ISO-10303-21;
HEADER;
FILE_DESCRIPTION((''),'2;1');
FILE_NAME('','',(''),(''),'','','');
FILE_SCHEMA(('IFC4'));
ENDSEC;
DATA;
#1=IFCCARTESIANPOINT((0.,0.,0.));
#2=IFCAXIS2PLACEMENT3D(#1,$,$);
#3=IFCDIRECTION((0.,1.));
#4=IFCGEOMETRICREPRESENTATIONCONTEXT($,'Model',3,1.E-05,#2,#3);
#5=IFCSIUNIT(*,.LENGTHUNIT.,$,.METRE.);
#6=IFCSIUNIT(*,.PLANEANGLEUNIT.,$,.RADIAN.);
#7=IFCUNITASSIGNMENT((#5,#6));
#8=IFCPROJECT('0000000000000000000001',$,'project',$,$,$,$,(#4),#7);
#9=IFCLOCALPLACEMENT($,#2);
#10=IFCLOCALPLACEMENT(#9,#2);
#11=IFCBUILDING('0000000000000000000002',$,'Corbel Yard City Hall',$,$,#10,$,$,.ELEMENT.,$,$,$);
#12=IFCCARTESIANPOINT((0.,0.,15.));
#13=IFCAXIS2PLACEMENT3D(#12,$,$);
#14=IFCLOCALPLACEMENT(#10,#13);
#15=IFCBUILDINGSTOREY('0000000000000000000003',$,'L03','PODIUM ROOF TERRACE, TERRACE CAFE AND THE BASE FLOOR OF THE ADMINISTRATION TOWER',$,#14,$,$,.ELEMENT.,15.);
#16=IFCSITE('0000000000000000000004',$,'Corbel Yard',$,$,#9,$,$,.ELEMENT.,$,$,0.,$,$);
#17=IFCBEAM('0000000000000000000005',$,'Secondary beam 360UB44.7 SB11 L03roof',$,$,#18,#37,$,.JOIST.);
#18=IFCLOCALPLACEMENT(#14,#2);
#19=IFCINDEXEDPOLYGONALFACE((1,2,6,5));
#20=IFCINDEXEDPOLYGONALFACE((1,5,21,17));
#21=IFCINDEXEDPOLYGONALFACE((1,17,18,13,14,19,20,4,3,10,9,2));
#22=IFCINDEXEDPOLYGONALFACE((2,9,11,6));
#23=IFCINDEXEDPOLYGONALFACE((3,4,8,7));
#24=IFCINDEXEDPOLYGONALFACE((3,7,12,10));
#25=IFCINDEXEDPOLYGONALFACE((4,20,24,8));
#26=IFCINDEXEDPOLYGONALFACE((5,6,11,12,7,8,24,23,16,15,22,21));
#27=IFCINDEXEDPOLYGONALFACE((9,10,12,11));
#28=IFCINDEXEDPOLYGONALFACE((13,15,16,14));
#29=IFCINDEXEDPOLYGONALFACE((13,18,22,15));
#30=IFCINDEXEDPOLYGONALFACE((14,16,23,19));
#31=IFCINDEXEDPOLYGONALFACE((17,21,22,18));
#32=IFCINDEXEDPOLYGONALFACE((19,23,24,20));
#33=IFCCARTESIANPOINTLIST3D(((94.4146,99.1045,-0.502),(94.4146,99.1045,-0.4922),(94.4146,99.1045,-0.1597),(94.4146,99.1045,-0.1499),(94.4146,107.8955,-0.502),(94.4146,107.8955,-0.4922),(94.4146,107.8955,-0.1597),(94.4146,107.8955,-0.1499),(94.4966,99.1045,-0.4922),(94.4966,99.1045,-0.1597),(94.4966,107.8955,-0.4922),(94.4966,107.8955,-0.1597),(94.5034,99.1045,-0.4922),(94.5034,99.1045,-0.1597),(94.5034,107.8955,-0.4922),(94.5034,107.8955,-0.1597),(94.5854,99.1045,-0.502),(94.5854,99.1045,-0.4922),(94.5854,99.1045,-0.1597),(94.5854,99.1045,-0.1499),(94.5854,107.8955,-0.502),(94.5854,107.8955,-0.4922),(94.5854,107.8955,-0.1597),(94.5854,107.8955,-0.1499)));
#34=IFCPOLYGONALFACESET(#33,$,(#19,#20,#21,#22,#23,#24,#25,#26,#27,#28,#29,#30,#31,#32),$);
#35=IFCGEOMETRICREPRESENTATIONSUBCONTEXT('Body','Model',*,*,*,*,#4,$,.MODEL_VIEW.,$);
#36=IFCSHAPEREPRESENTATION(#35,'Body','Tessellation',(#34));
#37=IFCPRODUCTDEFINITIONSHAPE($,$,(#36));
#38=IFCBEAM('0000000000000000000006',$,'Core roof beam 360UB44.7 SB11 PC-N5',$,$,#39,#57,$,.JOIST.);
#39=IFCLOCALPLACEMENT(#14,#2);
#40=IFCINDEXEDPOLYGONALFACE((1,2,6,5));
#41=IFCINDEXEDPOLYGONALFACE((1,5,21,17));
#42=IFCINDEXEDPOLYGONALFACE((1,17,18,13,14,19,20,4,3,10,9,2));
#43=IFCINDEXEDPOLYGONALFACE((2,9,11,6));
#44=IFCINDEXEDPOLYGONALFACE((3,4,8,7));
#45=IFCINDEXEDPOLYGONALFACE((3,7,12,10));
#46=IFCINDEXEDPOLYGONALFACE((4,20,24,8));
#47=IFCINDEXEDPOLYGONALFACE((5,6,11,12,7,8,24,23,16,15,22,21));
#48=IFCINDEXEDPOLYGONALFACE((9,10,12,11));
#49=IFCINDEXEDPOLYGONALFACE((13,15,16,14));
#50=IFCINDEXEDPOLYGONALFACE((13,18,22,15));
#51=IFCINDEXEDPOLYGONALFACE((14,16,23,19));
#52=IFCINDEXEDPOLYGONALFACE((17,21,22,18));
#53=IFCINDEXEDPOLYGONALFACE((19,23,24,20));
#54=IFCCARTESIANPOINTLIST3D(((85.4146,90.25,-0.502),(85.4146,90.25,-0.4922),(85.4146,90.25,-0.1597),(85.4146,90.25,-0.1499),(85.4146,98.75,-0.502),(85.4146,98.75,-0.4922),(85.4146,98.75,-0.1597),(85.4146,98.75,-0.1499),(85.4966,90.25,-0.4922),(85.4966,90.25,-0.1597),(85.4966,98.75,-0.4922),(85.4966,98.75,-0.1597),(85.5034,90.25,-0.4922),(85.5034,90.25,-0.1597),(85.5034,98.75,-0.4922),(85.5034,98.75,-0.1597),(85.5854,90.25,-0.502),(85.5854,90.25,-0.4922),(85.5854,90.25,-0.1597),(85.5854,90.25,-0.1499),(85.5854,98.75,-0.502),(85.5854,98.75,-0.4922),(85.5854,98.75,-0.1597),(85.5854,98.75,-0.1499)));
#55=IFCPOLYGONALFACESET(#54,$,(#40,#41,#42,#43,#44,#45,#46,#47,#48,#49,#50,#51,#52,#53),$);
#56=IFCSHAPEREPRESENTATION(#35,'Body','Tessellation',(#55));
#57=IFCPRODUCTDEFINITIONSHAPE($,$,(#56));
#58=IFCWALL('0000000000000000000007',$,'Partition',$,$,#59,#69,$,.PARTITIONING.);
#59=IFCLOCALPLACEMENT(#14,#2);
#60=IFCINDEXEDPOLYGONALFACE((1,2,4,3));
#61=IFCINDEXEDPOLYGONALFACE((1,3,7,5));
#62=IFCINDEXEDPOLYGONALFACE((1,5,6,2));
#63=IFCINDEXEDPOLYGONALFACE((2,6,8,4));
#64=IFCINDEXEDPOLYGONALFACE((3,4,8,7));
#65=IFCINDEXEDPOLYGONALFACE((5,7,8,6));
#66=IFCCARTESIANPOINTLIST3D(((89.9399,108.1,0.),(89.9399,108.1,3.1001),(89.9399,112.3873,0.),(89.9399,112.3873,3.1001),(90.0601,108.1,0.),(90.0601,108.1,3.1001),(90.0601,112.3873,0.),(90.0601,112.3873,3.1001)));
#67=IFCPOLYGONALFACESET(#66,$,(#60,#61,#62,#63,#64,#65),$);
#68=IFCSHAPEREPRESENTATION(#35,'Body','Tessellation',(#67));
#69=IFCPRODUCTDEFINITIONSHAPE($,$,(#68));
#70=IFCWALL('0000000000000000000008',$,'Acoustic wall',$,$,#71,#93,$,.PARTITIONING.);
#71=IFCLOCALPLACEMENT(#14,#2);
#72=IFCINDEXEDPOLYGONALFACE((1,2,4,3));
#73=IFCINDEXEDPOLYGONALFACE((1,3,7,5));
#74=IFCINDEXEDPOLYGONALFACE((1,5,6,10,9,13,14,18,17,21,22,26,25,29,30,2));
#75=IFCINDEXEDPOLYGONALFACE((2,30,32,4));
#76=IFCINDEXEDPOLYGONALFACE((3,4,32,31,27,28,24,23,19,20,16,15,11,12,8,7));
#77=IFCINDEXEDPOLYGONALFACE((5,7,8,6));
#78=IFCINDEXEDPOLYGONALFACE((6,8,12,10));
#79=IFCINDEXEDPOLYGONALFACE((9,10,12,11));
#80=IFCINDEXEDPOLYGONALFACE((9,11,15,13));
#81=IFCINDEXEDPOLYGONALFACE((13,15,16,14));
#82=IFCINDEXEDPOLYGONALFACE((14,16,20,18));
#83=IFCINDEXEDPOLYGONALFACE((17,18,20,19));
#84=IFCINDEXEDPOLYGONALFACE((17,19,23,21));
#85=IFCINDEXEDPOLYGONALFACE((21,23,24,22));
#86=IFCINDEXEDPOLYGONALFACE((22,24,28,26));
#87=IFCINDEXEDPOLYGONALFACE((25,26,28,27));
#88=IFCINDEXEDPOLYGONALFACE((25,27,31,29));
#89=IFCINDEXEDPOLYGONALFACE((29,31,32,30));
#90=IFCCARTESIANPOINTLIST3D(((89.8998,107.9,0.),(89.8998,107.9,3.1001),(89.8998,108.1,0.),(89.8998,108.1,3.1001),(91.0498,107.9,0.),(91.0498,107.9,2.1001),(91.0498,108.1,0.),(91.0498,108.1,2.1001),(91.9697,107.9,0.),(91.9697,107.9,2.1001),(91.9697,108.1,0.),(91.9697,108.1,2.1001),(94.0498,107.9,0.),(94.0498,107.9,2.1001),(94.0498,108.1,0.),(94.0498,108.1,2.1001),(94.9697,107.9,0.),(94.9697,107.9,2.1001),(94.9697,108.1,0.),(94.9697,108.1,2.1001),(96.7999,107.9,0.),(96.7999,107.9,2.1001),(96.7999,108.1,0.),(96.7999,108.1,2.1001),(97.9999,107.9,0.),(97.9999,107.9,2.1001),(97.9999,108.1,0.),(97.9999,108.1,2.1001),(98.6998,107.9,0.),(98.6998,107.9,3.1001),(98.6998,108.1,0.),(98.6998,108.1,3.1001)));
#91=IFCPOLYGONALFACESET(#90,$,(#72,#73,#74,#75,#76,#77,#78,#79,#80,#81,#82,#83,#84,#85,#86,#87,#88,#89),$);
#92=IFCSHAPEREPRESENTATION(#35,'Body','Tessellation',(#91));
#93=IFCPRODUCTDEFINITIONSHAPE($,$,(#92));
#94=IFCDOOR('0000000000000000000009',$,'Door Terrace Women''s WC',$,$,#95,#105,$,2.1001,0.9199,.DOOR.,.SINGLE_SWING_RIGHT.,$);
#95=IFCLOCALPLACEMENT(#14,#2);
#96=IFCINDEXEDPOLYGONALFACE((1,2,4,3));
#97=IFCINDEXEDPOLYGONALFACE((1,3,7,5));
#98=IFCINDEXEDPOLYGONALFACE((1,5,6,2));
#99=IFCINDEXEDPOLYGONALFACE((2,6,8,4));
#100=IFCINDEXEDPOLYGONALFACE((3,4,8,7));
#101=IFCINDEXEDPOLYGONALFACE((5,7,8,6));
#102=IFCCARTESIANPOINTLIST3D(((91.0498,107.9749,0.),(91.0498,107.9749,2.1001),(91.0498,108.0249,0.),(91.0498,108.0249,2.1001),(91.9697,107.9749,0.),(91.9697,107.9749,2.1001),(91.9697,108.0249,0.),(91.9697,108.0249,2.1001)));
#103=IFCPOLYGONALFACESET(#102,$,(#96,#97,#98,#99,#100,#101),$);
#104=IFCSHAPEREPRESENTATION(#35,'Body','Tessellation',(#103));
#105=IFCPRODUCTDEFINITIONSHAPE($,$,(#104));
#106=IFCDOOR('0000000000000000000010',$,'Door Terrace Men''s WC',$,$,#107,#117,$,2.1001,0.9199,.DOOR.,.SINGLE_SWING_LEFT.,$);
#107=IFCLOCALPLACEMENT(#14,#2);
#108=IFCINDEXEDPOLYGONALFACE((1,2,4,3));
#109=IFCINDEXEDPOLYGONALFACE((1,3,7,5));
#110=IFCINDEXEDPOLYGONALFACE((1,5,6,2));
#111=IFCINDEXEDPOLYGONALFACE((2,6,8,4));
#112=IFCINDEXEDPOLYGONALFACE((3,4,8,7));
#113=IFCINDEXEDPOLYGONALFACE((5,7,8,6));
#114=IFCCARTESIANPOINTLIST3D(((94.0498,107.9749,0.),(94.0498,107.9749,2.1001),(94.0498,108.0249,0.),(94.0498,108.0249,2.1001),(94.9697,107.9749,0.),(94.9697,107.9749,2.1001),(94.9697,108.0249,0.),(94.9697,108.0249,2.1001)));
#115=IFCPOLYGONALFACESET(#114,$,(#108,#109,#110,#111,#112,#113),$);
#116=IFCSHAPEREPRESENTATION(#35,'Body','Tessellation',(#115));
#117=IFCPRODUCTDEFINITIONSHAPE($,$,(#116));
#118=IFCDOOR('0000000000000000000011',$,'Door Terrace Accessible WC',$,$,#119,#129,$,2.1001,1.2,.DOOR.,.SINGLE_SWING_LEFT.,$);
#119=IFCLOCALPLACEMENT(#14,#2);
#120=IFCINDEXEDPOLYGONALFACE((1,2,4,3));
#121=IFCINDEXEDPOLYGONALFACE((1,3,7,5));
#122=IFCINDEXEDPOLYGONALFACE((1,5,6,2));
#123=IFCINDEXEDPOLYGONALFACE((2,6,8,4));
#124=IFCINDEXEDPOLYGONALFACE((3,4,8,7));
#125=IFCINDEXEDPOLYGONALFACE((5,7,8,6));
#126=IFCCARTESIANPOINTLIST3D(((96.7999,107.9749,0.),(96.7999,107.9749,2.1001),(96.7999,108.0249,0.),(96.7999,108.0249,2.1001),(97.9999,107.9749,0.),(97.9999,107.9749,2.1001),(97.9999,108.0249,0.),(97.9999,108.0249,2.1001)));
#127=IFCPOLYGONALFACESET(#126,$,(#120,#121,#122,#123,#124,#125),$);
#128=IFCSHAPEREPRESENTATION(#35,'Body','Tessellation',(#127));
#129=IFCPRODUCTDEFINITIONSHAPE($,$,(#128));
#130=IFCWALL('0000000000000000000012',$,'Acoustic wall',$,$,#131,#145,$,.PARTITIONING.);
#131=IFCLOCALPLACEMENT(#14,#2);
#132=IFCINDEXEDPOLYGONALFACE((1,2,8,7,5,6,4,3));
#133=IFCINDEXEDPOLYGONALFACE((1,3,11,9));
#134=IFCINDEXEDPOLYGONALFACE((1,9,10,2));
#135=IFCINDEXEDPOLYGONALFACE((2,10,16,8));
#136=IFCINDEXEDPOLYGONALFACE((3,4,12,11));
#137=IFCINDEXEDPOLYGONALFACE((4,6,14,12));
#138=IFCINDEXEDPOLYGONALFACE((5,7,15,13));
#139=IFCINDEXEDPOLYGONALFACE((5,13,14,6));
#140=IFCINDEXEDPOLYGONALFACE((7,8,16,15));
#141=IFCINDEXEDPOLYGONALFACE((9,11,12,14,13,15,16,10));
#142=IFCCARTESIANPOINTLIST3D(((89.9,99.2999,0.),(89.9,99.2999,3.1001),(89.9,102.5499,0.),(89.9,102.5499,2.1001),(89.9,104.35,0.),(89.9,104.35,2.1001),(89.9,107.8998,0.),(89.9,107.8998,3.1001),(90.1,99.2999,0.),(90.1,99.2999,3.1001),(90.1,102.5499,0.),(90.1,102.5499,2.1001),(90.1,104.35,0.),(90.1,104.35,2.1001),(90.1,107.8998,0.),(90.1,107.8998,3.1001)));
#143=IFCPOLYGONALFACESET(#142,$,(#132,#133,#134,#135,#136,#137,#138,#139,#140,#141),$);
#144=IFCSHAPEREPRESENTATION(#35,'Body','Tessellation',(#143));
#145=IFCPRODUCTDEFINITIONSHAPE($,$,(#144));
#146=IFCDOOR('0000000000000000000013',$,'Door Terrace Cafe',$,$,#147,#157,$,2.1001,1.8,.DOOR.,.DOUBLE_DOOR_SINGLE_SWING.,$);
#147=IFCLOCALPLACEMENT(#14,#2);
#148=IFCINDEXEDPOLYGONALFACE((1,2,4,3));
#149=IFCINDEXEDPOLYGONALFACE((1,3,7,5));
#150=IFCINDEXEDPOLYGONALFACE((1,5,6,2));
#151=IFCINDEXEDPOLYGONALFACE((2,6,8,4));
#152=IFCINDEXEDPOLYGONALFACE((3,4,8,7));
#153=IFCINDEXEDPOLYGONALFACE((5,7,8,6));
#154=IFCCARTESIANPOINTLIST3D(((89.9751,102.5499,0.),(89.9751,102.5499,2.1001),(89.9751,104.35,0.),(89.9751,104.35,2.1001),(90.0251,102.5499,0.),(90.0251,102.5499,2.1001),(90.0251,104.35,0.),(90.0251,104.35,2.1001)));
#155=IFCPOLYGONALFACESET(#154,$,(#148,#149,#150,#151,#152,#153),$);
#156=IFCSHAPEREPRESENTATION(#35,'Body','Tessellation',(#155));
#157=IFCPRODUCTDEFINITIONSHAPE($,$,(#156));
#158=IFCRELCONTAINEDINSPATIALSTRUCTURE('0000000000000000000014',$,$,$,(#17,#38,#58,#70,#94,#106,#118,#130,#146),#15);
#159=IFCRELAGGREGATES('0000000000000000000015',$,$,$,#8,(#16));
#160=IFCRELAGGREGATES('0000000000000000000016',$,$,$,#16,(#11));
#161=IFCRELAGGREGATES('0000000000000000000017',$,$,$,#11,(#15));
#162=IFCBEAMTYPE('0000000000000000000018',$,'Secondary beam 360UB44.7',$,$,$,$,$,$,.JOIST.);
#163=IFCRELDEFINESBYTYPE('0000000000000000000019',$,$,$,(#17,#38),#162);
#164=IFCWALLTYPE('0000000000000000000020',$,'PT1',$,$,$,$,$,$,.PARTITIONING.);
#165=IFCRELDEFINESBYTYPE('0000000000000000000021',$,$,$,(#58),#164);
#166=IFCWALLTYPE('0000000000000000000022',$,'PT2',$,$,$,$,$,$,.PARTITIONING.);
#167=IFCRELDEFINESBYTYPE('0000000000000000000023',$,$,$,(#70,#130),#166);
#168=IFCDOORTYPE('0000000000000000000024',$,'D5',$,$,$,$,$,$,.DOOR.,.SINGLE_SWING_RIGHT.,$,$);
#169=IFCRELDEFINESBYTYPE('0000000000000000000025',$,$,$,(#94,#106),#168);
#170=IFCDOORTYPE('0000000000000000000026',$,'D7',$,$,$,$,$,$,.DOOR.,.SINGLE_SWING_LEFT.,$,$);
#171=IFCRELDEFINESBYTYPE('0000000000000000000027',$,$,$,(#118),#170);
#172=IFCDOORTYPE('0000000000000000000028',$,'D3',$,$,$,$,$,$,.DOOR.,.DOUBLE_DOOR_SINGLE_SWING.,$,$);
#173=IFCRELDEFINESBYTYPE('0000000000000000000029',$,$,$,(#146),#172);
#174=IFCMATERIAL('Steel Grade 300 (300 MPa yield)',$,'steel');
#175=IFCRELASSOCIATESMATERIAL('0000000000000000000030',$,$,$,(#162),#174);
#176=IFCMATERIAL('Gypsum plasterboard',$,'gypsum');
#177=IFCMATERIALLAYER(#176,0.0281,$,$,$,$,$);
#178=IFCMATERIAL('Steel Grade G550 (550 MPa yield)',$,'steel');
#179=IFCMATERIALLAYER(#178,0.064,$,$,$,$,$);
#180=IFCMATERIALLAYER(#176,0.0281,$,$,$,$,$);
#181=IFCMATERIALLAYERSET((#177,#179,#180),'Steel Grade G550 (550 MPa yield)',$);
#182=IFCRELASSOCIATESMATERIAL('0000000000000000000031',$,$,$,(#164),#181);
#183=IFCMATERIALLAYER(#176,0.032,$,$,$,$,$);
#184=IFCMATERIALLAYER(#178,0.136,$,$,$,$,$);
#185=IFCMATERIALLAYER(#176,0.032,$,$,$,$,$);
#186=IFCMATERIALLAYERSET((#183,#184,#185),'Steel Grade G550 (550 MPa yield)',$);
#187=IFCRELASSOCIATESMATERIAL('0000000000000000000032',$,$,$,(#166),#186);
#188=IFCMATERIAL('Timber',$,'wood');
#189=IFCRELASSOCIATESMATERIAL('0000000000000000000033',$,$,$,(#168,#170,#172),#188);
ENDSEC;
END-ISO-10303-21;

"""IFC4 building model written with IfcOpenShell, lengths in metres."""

from ifc_helpers import new_model, si_unit, direction, frame, frame_2d, origin, origin_2d, place, context, subcontext, project, spatial, rectangle, i_section, extrude, material, layer, layer_set, material_profile, profile_set, type_object, element, fill, save


model = new_model("IFC4")

# Units and contexts
model_context = context("Model", 3, precision=1e-05, world=origin(), true_north=direction((0.0, 1.0)))
body_context = subcontext(model_context, "Body", "Model", "MODEL_VIEW")
ifc_project = project(units=[si_unit("LENGTHUNIT", "METRE"), si_unit("PLANEANGLEUNIT", "RADIAN")], contexts=[model_context])

# Site, building, storey
site_placement = place(None, origin())
site = spatial("IfcSite", under=ifc_project, at=site_placement, Name="Corbel Yard", CompositionType="ELEMENT", RefElevation=0.0)
building_placement = place(site_placement, origin())
building = spatial("IfcBuilding", under=site, at=building_placement, Name="Corbel Yard City Hall", CompositionType="ELEMENT")
storey_placement = place(building_placement, frame((0.0, 0.0, 15.0)))
storey = spatial("IfcBuildingStorey", under=building, at=storey_placement, Name="L03", Description="PODIUM ROOF TERRACE, TERRACE CAFE AND THE BASE FLOOR OF THE ADMINISTRATION TOWER", CompositionType="ELEMENT", Elevation=15.0)

# Beams
ifc_material_1 = material(Name="Steel Grade 300 (300 MPa yield)", Category="steel")
ifc_material_profile_1 = material_profile(ifc_material_1, i_section(OverallWidth=0.1709, OverallDepth=0.3521, WebThickness=0.0068, FlangeThickness=0.0098, at=origin_2d()), Name="360UB44.7")
ifc_profile_set_1 = profile_set([ifc_material_profile_1], Name="Steel Grade 300 (300 MPa yield)")
beam_type_1 = type_object("IfcBeamType", Name="Secondary beam 360UB44.7", PredefinedType="JOIST", material=ifc_profile_set_1)
beam_1_placement = place(storey_placement, frame((94.5, 99.1045, -0.3259), z_axis=(0.0, 1.0, 0.0), x_axis=(-1.0, 0.0, 0.0)))
element("IfcBeam", 1, at=beam_1_placement, inside=storey, type_object=beam_type_1, Name="Secondary beam 360UB44.7 SB11 L03roof", PredefinedType="JOIST", context=body_context, shape_type="SweptSolid", body=[
    extrude(i_section(OverallWidth=0.1709, OverallDepth=0.3521, WebThickness=0.0068, FlangeThickness=0.0098, at=origin_2d()), origin(), (0.0, 0.0, 1.0), 8.791),
])
beam_2_placement = place(storey_placement, frame((85.5, 90.25, -0.3259), z_axis=(0.0, 1.0, 0.0), x_axis=(-1.0, 0.0, 0.0)))
element("IfcBeam", 2, at=beam_2_placement, inside=storey, type_object=beam_type_1, Name="Core roof beam 360UB44.7 SB11 PC-N5", PredefinedType="JOIST", context=body_context, shape_type="SweptSolid", body=[
    extrude(i_section(OverallWidth=0.1709, OverallDepth=0.3521, WebThickness=0.0068, FlangeThickness=0.0098, at=origin_2d()), origin(), (0.0, 0.0, 1.0), 8.5),
])

# Wall
ifc_material_2 = material(Name="Gypsum plasterboard", Category="gypsum")
ifc_layer_1 = layer(ifc_material_2, 0.0281)
ifc_material_3 = material(Name="Steel Grade G550 (550 MPa yield)", Category="steel")
ifc_layer_2 = layer(ifc_material_3, 0.064)
ifc_layer_3 = layer(ifc_material_2, 0.0281)
ifc_layer_set_1 = layer_set([ifc_layer_1, ifc_layer_2, ifc_layer_3], Name="Steel Grade G550 (550 MPa yield)")
wall_type_1 = type_object("IfcWallType", Name="PT1", PredefinedType="PARTITIONING", material=ifc_layer_set_1)
wall_1_placement = place(storey_placement, frame((90.0, 108.1001, 0.0), z_axis=(0.0, 0.0, 1.0), x_axis=(0.0, 1.0, 0.0)))
element("IfcWall", 3, at=wall_1_placement, inside=storey, type_object=wall_type_1, Name="Partition", PredefinedType="PARTITIONING", context=body_context, shape_type="SweptSolid", body=[
    extrude(rectangle(XDim=4.2874, YDim=0.1201, at=frame_2d((2.1436, 0.0))), origin(), (0.0, 0.0, 1.0), 3.1001),
])

# Wall, openings, doors
ifc_layer_4 = layer(ifc_material_2, 0.032)
ifc_layer_5 = layer(ifc_material_3, 0.136)
ifc_layer_6 = layer(ifc_material_2, 0.032)
ifc_layer_set_2 = layer_set([ifc_layer_4, ifc_layer_5, ifc_layer_6], Name="Steel Grade G550 (550 MPa yield)")
wall_type_2 = type_object("IfcWallType", Name="PT2", PredefinedType="PARTITIONING", material=ifc_layer_set_2)
wall_2_placement = place(storey_placement, frame((89.8999, 108.0, 0.0), z_axis=(0.0, 0.0, 1.0), x_axis=(1.0, 0.0, 0.0)))
wall_2 = element("IfcWall", 4, at=wall_2_placement, inside=storey, type_object=wall_type_2, Name="Acoustic wall", PredefinedType="PARTITIONING", context=body_context, shape_type="SweptSolid", body=[
    extrude(rectangle(XDim=8.8, YDim=0.2, at=frame_2d((4.3999, 0.0))), origin(), (0.0, 0.0, 1.0), 3.1001),
])
opening_1_placement = place(wall_2_placement, frame((1.1499, 0.0, 0.0)))
opening_1 = element("IfcOpeningElement", 5, at=opening_1_placement, cuts=wall_2, PredefinedType="OPENING", context=body_context, shape_type="SweptSolid", body=[
    extrude(rectangle(XDim=0.9199, YDim=2.1001, at=frame_2d((0.46, 1.05))), frame((0.0, 0.1099, 0.0), z_axis=(0.0, -1.0, 0.0), x_axis=(1.0, 0.0, 0.0)), (0.0, 0.0, 1.0), 0.22),
])
opening_2_placement = place(wall_2_placement, frame((4.1499, 0.0, 0.0)))
opening_2 = element("IfcOpeningElement", 6, at=opening_2_placement, cuts=wall_2, PredefinedType="OPENING", context=body_context, shape_type="SweptSolid", body=[
    extrude(rectangle(XDim=0.9199, YDim=2.1001, at=frame_2d((0.46, 1.05))), frame((0.0, 0.1099, 0.0), z_axis=(0.0, -1.0, 0.0), x_axis=(1.0, 0.0, 0.0)), (0.0, 0.0, 1.0), 0.22),
])
opening_3_placement = place(wall_2_placement, frame((6.8999, 0.0, 0.0)))
opening_3 = element("IfcOpeningElement", 7, at=opening_3_placement, cuts=wall_2, PredefinedType="OPENING", context=body_context, shape_type="SweptSolid", body=[
    extrude(rectangle(XDim=1.2, YDim=2.1001, at=frame_2d((0.6001, 1.05))), frame((0.0, 0.1099, 0.0), z_axis=(0.0, -1.0, 0.0), x_axis=(1.0, 0.0, 0.0)), (0.0, 0.0, 1.0), 0.22),
])
ifc_material_4 = material(Name="Timber", Category="wood")
door_type_1 = type_object("IfcDoorType", Name="D5", OperationType="SINGLE_SWING_RIGHT", PredefinedType="DOOR", material=ifc_material_4)
door_1_placement = place(opening_1_placement, origin())
door_1 = element("IfcDoor", 8, at=door_1_placement, inside=storey, type_object=door_type_1, Name="Door Terrace Women's WC", OperationType="SINGLE_SWING_RIGHT", OverallHeight=2.1001, OverallWidth=0.9199, PredefinedType="DOOR", context=body_context, shape_type="SweptSolid", body=[
    extrude(rectangle(XDim=0.9199, YDim=2.1001, at=frame_2d((0.46, 1.05))), frame((0.0, 0.0249, 0.0), z_axis=(0.0, -1.0, 0.0), x_axis=(1.0, 0.0, 0.0)), (0.0, 0.0, 1.0), 0.05),
])
fill(opening_1, door_1)
door_2_placement = place(opening_2_placement, origin())
door_2 = element("IfcDoor", 9, at=door_2_placement, inside=storey, type_object=door_type_1, Name="Door Terrace Men's WC", OperationType="SINGLE_SWING_LEFT", OverallHeight=2.1001, OverallWidth=0.9199, PredefinedType="DOOR", context=body_context, shape_type="SweptSolid", body=[
    extrude(rectangle(XDim=0.9199, YDim=2.1001, at=frame_2d((0.46, 1.05))), frame((0.0, 0.0249, 0.0), z_axis=(0.0, -1.0, 0.0), x_axis=(1.0, 0.0, 0.0)), (0.0, 0.0, 1.0), 0.05),
])
fill(opening_2, door_2)
door_type_2 = type_object("IfcDoorType", Name="D7", OperationType="SINGLE_SWING_LEFT", PredefinedType="DOOR", material=ifc_material_4)
door_3_placement = place(opening_3_placement, origin())
door_3 = element("IfcDoor", 10, at=door_3_placement, inside=storey, type_object=door_type_2, Name="Door Terrace Accessible WC", OperationType="SINGLE_SWING_LEFT", OverallHeight=2.1001, OverallWidth=1.2, PredefinedType="DOOR", context=body_context, shape_type="SweptSolid", body=[
    extrude(rectangle(XDim=1.2, YDim=2.1001, at=frame_2d((0.6001, 1.05))), frame((0.0, 0.0249, 0.0), z_axis=(0.0, -1.0, 0.0), x_axis=(1.0, 0.0, 0.0)), (0.0, 0.0, 1.0), 0.05),
])
fill(opening_3, door_3)

# Wall, opening, door
wall_3_placement = place(storey_placement, frame((90.0, 99.3, 0.0), z_axis=(0.0, 0.0, 1.0), x_axis=(0.0, 1.0, 0.0)))
wall_3 = element("IfcWall", 11, at=wall_3_placement, inside=storey, type_object=wall_type_2, Name="Acoustic wall", PredefinedType="PARTITIONING", context=body_context, shape_type="SweptSolid", body=[
    extrude(rectangle(XDim=8.5999, YDim=0.2, at=frame_2d((4.2998, 0.0))), origin(), (0.0, 0.0, 1.0), 3.1001),
])
opening_4_placement = place(wall_3_placement, frame((3.25, 0.0, 0.0)))
opening_4 = element("IfcOpeningElement", 12, at=opening_4_placement, cuts=wall_3, PredefinedType="OPENING", context=body_context, shape_type="SweptSolid", body=[
    extrude(rectangle(XDim=1.8, YDim=2.1001, at=frame_2d((0.8999, 1.05))), frame((0.0, 0.1099, 0.0), z_axis=(0.0, -1.0, 0.0), x_axis=(1.0, 0.0, 0.0)), (0.0, 0.0, 1.0), 0.22),
])
door_type_3 = type_object("IfcDoorType", Name="D3", OperationType="DOUBLE_DOOR_SINGLE_SWING", PredefinedType="DOOR", material=ifc_material_4)
door_4_placement = place(opening_4_placement, origin())
door_4 = element("IfcDoor", 13, at=door_4_placement, inside=storey, type_object=door_type_3, Name="Door Terrace Cafe", OperationType="DOUBLE_DOOR_SINGLE_SWING", OverallHeight=2.1001, OverallWidth=1.8, PredefinedType="DOOR", context=body_context, shape_type="SweptSolid", body=[
    extrude(rectangle(XDim=1.8, YDim=2.1001, at=frame_2d((0.8999, 1.05))), frame((0.0, 0.0249, 0.0), z_axis=(0.0, -1.0, 0.0), x_axis=(1.0, 0.0, 0.0)), (0.0, 0.0, 1.0), 0.05),
])
fill(opening_4, door_4)

save(model, "model.ifc")
